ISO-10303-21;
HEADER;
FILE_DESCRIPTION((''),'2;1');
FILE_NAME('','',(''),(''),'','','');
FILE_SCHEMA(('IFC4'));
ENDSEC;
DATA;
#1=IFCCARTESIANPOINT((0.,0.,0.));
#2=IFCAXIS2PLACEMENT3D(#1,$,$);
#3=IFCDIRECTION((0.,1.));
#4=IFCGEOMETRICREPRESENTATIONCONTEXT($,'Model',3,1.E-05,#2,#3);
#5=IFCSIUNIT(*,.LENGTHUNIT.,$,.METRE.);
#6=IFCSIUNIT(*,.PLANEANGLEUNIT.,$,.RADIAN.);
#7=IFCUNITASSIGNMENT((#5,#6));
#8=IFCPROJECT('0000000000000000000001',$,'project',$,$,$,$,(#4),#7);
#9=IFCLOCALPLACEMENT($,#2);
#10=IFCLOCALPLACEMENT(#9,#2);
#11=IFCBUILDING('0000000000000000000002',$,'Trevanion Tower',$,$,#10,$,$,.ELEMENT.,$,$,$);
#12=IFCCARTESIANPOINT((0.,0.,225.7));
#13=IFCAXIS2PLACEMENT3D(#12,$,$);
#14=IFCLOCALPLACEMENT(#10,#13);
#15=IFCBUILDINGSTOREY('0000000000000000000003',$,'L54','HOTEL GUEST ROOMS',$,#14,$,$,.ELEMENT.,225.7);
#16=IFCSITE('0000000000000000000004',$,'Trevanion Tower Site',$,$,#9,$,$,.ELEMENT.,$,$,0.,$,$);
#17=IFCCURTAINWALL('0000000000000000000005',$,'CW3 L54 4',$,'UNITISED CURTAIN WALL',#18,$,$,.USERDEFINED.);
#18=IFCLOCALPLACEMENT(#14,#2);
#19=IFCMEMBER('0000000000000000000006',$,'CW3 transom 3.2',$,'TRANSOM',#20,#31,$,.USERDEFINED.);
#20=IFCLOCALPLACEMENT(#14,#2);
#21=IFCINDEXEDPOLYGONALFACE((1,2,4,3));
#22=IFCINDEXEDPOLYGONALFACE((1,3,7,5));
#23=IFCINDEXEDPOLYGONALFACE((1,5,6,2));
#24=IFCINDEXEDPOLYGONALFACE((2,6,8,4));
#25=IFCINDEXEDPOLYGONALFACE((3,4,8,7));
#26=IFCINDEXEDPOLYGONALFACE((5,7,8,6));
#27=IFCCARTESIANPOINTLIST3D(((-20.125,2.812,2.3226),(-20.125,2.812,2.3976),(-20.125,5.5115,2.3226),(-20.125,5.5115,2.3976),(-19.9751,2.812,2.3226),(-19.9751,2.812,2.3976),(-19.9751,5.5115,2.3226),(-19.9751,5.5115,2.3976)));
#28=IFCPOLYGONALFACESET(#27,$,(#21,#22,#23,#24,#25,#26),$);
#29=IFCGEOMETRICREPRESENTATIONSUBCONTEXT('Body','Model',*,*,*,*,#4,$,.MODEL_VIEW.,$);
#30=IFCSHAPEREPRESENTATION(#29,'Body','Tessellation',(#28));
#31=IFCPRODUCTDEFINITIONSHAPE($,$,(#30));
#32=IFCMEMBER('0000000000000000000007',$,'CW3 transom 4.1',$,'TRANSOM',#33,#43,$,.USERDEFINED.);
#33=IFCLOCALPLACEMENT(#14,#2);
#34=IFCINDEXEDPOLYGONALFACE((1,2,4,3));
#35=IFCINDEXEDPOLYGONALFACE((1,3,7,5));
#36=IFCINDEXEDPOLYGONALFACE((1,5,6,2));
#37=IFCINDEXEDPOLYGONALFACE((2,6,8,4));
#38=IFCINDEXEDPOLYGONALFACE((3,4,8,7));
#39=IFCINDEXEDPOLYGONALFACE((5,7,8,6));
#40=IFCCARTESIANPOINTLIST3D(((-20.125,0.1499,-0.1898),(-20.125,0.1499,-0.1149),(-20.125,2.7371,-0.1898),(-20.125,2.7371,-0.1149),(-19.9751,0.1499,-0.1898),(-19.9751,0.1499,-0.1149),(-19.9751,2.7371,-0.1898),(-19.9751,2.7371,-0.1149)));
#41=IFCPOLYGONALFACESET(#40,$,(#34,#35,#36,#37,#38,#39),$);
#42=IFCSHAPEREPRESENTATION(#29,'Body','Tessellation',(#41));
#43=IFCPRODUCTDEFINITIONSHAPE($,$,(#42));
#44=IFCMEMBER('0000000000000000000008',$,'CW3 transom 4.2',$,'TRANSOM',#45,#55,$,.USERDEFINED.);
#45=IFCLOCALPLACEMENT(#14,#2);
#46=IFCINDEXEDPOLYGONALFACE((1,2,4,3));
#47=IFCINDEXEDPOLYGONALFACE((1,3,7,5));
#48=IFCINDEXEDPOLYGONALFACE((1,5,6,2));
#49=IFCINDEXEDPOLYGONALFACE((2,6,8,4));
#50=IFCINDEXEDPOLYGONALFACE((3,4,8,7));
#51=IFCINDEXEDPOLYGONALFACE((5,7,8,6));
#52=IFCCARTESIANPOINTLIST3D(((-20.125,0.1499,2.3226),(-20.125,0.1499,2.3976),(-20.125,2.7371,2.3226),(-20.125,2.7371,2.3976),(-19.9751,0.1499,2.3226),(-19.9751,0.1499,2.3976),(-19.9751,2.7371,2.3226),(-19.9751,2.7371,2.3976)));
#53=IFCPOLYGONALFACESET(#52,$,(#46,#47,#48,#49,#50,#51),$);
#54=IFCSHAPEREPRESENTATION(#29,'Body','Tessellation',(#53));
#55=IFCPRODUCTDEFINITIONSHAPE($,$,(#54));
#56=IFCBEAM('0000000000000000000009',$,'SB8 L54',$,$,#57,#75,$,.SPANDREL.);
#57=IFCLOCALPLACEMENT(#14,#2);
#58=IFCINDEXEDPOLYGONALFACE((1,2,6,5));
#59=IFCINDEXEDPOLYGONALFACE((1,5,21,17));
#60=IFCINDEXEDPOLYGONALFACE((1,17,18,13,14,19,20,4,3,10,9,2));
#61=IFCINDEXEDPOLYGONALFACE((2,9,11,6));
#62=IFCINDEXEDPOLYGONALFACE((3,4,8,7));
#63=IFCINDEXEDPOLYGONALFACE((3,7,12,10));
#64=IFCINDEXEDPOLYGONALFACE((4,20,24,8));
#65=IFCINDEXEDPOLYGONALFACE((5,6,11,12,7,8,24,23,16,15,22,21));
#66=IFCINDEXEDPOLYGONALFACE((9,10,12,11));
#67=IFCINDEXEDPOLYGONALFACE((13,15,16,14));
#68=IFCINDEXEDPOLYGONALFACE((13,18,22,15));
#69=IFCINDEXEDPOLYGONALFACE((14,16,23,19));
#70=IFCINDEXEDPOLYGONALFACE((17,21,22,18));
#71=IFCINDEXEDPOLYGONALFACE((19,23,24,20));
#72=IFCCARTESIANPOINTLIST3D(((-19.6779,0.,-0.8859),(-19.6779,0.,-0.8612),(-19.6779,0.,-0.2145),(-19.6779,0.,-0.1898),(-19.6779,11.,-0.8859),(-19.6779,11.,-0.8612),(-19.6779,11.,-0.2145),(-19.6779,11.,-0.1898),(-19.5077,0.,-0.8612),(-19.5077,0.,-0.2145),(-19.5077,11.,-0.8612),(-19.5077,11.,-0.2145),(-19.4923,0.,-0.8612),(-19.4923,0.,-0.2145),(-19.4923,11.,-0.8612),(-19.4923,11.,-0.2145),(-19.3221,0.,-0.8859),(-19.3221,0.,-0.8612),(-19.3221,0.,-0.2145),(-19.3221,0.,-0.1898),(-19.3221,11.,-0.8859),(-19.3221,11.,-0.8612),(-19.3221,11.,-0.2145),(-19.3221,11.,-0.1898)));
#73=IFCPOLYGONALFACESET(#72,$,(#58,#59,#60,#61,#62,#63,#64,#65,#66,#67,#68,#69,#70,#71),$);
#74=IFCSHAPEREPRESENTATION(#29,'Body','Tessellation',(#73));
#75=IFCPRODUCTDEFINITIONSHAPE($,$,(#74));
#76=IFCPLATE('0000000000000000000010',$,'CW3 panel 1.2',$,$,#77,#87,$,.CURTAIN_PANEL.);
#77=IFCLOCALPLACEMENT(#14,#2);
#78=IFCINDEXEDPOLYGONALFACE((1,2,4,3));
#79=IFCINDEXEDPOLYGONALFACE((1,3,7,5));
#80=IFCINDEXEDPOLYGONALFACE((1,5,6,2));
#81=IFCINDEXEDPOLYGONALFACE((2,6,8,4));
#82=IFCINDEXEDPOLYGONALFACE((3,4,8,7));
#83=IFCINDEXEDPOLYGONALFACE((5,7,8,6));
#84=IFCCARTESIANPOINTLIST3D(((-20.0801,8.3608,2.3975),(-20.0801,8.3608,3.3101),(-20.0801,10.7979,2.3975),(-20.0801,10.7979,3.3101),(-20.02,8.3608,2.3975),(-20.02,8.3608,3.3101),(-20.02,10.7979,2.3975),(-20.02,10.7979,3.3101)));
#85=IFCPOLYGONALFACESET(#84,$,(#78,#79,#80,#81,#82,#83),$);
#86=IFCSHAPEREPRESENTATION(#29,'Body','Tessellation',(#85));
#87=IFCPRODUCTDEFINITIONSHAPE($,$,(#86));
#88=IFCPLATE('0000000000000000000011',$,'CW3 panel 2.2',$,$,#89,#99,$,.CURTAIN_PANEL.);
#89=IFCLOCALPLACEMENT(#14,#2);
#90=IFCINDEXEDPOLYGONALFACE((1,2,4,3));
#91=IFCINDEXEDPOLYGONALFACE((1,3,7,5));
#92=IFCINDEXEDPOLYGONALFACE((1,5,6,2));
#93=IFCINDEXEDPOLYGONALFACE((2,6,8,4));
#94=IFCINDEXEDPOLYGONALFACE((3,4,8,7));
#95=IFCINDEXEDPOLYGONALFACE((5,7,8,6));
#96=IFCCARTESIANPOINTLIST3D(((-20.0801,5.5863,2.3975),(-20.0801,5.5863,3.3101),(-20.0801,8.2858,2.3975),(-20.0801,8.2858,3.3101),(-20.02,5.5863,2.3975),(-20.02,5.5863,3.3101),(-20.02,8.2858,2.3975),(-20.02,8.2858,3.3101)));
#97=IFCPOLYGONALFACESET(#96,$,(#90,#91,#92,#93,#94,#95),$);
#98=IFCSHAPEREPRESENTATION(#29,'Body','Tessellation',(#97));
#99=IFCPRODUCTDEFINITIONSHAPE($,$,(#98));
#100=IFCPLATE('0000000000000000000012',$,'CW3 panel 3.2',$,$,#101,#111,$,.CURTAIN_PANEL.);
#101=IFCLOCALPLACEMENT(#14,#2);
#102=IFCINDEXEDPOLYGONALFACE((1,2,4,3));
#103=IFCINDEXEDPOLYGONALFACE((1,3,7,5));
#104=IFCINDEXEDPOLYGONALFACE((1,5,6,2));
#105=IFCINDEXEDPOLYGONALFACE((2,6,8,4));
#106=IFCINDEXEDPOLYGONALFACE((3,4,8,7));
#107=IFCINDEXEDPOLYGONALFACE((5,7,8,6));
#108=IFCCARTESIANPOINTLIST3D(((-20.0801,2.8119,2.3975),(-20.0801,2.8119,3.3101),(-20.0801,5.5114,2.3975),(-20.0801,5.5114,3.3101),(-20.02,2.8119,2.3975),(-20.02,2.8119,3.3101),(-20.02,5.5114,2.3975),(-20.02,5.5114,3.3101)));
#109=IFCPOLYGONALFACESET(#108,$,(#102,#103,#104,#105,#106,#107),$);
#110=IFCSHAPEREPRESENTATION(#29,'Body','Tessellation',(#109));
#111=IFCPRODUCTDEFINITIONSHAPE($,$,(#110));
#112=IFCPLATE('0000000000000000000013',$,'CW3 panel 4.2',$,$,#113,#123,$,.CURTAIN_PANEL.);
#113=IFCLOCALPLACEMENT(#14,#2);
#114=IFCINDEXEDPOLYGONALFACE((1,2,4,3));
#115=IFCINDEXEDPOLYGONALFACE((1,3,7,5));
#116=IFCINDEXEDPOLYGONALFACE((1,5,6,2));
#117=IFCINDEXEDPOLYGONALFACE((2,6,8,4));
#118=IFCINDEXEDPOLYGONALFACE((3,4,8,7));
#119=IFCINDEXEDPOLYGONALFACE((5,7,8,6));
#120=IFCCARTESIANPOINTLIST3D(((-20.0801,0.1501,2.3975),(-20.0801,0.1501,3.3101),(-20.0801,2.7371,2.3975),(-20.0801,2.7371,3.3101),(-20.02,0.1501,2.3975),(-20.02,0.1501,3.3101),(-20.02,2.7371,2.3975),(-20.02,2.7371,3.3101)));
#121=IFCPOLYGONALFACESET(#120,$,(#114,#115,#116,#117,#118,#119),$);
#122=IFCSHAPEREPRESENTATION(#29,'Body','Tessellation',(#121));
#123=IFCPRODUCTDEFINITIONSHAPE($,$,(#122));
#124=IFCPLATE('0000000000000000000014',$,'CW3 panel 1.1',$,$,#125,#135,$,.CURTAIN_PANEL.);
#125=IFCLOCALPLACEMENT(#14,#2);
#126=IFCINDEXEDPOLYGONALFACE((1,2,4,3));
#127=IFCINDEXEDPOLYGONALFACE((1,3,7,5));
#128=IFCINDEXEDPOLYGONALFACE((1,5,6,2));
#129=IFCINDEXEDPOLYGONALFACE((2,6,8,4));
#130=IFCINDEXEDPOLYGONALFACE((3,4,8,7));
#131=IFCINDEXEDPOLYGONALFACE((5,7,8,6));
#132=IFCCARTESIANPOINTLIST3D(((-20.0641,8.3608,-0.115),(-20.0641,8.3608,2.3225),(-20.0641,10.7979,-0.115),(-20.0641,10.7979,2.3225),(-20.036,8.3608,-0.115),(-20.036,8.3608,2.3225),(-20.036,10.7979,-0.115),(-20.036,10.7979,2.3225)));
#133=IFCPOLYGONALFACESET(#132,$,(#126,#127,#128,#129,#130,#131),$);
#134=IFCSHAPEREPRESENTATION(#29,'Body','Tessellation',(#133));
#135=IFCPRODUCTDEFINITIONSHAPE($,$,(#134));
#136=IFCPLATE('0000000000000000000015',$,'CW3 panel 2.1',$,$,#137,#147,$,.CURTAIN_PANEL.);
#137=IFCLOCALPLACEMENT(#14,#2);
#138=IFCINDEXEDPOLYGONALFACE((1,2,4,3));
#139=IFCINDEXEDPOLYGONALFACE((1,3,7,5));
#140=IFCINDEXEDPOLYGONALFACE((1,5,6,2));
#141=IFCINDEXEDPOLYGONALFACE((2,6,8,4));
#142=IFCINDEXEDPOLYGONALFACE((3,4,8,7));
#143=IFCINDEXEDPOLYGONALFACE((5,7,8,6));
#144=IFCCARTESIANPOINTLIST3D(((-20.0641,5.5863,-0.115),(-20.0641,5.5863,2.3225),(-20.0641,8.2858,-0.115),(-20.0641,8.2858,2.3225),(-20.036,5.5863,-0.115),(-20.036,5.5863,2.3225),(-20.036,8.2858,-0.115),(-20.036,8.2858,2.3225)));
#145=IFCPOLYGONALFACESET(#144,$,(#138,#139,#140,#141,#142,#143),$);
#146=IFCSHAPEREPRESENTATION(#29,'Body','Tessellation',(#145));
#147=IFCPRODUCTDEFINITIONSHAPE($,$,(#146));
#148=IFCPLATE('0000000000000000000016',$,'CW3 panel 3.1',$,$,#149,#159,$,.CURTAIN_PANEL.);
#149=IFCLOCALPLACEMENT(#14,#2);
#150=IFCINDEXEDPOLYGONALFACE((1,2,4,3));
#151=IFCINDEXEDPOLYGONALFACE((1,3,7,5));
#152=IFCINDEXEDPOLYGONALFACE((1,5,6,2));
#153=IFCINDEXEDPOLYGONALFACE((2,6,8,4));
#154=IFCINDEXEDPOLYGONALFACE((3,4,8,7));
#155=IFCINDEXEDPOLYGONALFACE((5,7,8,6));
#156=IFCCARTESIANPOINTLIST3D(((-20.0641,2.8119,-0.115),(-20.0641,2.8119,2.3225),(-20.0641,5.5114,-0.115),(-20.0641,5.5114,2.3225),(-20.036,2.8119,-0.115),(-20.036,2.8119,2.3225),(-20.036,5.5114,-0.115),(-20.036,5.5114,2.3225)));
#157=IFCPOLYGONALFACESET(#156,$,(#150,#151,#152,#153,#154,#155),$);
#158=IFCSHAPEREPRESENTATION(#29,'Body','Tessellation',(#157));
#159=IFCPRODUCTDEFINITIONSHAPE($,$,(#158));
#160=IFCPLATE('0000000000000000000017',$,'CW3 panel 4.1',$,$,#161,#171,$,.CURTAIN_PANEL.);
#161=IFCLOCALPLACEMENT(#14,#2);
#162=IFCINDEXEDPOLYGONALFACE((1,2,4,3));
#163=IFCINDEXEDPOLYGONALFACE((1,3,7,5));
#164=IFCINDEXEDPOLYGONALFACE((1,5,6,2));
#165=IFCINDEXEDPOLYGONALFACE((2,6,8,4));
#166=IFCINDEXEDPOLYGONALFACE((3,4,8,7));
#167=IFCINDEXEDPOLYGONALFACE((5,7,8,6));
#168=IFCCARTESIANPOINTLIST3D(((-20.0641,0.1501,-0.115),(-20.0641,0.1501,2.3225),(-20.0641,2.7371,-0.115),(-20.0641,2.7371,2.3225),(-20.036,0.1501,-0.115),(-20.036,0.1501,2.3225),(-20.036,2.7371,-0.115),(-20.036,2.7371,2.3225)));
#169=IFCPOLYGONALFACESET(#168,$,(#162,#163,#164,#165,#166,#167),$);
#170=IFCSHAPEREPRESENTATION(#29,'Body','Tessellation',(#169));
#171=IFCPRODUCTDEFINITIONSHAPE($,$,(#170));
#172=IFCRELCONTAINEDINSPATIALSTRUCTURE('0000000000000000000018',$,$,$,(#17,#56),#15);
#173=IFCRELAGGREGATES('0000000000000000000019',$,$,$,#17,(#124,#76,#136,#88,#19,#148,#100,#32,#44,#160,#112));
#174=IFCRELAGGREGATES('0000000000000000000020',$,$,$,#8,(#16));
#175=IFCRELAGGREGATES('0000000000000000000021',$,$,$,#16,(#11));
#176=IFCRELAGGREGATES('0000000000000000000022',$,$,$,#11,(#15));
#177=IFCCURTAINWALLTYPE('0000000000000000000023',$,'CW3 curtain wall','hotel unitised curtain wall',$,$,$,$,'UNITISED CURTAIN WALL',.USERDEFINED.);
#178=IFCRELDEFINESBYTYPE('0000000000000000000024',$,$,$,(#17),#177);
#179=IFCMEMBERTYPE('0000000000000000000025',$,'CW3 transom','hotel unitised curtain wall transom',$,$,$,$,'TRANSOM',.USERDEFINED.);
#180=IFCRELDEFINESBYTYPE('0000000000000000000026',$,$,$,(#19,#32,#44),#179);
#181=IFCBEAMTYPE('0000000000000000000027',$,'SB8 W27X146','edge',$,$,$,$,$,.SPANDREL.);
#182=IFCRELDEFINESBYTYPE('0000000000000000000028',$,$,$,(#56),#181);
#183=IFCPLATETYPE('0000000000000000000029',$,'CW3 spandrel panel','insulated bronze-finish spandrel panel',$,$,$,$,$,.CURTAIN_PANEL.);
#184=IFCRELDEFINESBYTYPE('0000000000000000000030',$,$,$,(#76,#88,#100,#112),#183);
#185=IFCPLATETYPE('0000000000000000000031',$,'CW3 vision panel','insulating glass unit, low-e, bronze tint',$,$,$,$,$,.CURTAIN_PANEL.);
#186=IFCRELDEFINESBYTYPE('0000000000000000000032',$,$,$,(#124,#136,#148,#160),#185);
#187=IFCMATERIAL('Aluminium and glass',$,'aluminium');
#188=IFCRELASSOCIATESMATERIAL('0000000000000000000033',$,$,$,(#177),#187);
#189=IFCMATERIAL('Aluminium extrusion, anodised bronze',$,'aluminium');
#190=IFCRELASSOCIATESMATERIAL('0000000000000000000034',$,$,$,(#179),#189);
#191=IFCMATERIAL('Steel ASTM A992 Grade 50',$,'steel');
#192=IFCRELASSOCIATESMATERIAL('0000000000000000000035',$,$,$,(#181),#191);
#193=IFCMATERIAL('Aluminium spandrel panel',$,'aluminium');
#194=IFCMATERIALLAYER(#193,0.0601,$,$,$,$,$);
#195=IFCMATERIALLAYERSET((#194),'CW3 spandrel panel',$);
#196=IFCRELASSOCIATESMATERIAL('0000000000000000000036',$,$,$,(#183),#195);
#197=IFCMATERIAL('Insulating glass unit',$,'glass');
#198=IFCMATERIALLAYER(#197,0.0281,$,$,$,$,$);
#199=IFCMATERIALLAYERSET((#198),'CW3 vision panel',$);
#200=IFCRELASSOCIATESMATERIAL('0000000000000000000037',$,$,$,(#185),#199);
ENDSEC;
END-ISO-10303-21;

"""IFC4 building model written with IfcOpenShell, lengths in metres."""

from ifc_helpers import new_model, si_unit, direction, frame, origin, origin_2d, place, context, subcontext, project, spatial, rectangle, i_section, extrude, material, layer, layer_set, material_profile, profile_set, type_object, element, aggregate, save


model = new_model("IFC4")

# Units and contexts
model_context = context("Model", 3, precision=1e-05, world=origin(), true_north=direction((0.0, 1.0)))
body_context = subcontext(model_context, "Body", "Model", "MODEL_VIEW")
ifc_project = project(units=[si_unit("LENGTHUNIT", "METRE"), si_unit("PLANEANGLEUNIT", "RADIAN")], contexts=[model_context])

# Site, building, storey
site_placement = place(None, origin())
site = spatial("IfcSite", under=ifc_project, at=site_placement, Name="Trevanion Tower Site", CompositionType="ELEMENT", RefElevation=0.0)
building_placement = place(site_placement, origin())
building = spatial("IfcBuilding", under=site, at=building_placement, Name="Trevanion Tower", CompositionType="ELEMENT")
storey_placement = place(building_placement, frame((0.0, 0.0, 225.7)))
storey = spatial("IfcBuildingStorey", under=building, at=storey_placement, Name="L54", Description="HOTEL GUEST ROOMS", CompositionType="ELEMENT", Elevation=225.7)

# Curtain wall, members
ifc_material_1 = material(Name="Aluminium and glass", Category="aluminium")
curtain_wall_type = type_object("IfcCurtainWallType", Name="CW3 curtain wall", Description="hotel unitised curtain wall", ElementType="UNITISED CURTAIN WALL", PredefinedType="USERDEFINED", material=ifc_material_1)
curtain_wall_placement = place(storey_placement, origin())
curtain_wall = element("IfcCurtainWall", 1, at=curtain_wall_placement, inside=storey, type_object=curtain_wall_type, Name="CW3 L54 4", ObjectType="UNITISED CURTAIN WALL", PredefinedType="USERDEFINED")
ifc_material_2 = material(Name="Aluminium extrusion, anodised bronze", Category="aluminium")
ifc_material_profile_1 = material_profile(ifc_material_2, rectangle(XDim=0.1499, YDim=0.075, at=origin_2d()), Name="CW3 transom")
ifc_profile_set_1 = profile_set([ifc_material_profile_1], Name="Aluminium extrusion, anodised bronze")
member_type_1 = type_object("IfcMemberType", Name="CW3 transom", Description="hotel unitised curtain wall transom", ElementType="TRANSOM", PredefinedType="USERDEFINED", material=ifc_profile_set_1)
member_1_placement = place(storey_placement, frame((-20.05, 5.5115, 2.3601), z_axis=(0.0, -1.0, 0.0), x_axis=(1.0, 0.0, 0.0)))
member_1 = element("IfcMember", 2, at=member_1_placement, type_object=member_type_1, Name="CW3 transom 3.2", ObjectType="TRANSOM", PredefinedType="USERDEFINED", context=body_context, shape_type="SweptSolid", body=[
    extrude(rectangle(XDim=0.1499, YDim=0.075, at=origin_2d()), origin(), (0.0, 0.0, 1.0), 2.6995),
])
member_2_placement = place(storey_placement, frame((-20.05, 2.7371, -0.1523), z_axis=(0.0, -1.0, 0.0), x_axis=(1.0, 0.0, 0.0)))
member_2 = element("IfcMember", 3, at=member_2_placement, type_object=member_type_1, Name="CW3 transom 4.1", ObjectType="TRANSOM", PredefinedType="USERDEFINED", context=body_context, shape_type="SweptSolid", body=[
    extrude(rectangle(XDim=0.1499, YDim=0.075, at=origin_2d()), origin(), (0.0, 0.0, 1.0), 2.5872),
])
member_3_placement = place(storey_placement, frame((-20.05, 2.7371, 2.3601), z_axis=(0.0, -1.0, 0.0), x_axis=(1.0, 0.0, 0.0)))
member_3 = element("IfcMember", 4, at=member_3_placement, type_object=member_type_1, Name="CW3 transom 4.2", ObjectType="TRANSOM", PredefinedType="USERDEFINED", context=body_context, shape_type="SweptSolid", body=[
    extrude(rectangle(XDim=0.1499, YDim=0.075, at=origin_2d()), origin(), (0.0, 0.0, 1.0), 2.5872),
])

# Beam
ifc_material_3 = material(Name="Steel ASTM A992 Grade 50", Category="steel")
ifc_material_profile_2 = material_profile(ifc_material_3, i_section(OverallWidth=0.3557, OverallDepth=0.696, WebThickness=0.0154, FlangeThickness=0.0247, at=origin_2d()), Name="W27X146")
ifc_profile_set_2 = profile_set([ifc_material_profile_2], Name="Steel ASTM A992 Grade 50")
beam_type_1 = type_object("IfcBeamType", Name="SB8 W27X146", Description="edge", PredefinedType="SPANDREL", material=ifc_profile_set_2)
beam_placement = place(storey_placement, frame((-19.5, 11.0, -0.5378), z_axis=(0.0, -1.0, 0.0), x_axis=(1.0, 0.0, 0.0)))
element("IfcBeam", 5, at=beam_placement, inside=storey, type_object=beam_type_1, Name="SB8 L54", PredefinedType="SPANDREL", context=body_context, shape_type="SweptSolid", body=[
    extrude(i_section(OverallWidth=0.3557, OverallDepth=0.696, WebThickness=0.0154, FlangeThickness=0.0247, at=origin_2d()), origin(), (0.0, 0.0, 1.0), 11.0),
])

# Plates
ifc_material_4 = material(Name="Aluminium spandrel panel", Category="aluminium")
ifc_layer_1 = layer(ifc_material_4, 0.0601)
ifc_layer_set_1 = layer_set([ifc_layer_1], Name="CW3 spandrel panel")
plate_type_1 = type_object("IfcPlateType", Name="CW3 spandrel panel", Description="insulated bronze-finish spandrel panel", PredefinedType="CURTAIN_PANEL", material=ifc_layer_set_1)
plate_1_placement = place(storey_placement, frame((-20.05, 9.5793, 2.3975), z_axis=(0.0, 0.0, 1.0), x_axis=(0.0, -1.0, 0.0)))
plate_1 = element("IfcPlate", 6, at=plate_1_placement, type_object=plate_type_1, Name="CW3 panel 1.2", PredefinedType="CURTAIN_PANEL", context=body_context, shape_type="SweptSolid", body=[
    extrude(rectangle(XDim=2.437, YDim=0.0601, at=origin_2d()), origin(), (0.0, 0.0, 1.0), 0.9126),
])
plate_2_placement = place(storey_placement, frame((-20.05, 6.936, 2.3975), z_axis=(0.0, 0.0, 1.0), x_axis=(0.0, -1.0, 0.0)))
plate_2 = element("IfcPlate", 7, at=plate_2_placement, type_object=plate_type_1, Name="CW3 panel 2.2", PredefinedType="CURTAIN_PANEL", context=body_context, shape_type="SweptSolid", body=[
    extrude(rectangle(XDim=2.6995, YDim=0.0601, at=origin_2d()), origin(), (0.0, 0.0, 1.0), 0.9126),
])
plate_3_placement = place(storey_placement, frame((-20.05, 4.1616, 2.3975), z_axis=(0.0, 0.0, 1.0), x_axis=(0.0, -1.0, 0.0)))
plate_3 = element("IfcPlate", 8, at=plate_3_placement, type_object=plate_type_1, Name="CW3 panel 3.2", PredefinedType="CURTAIN_PANEL", context=body_context, shape_type="SweptSolid", body=[
    extrude(rectangle(XDim=2.6995, YDim=0.0601, at=origin_2d()), origin(), (0.0, 0.0, 1.0), 0.9126),
])
plate_4_placement = place(storey_placement, frame((-20.05, 1.4436, 2.3975), z_axis=(0.0, 0.0, 1.0), x_axis=(0.0, -1.0, 0.0)))
plate_4 = element("IfcPlate", 9, at=plate_4_placement, type_object=plate_type_1, Name="CW3 panel 4.2", PredefinedType="CURTAIN_PANEL", context=body_context, shape_type="SweptSolid", body=[
    extrude(rectangle(XDim=2.5869, YDim=0.0601, at=origin_2d()), origin(), (0.0, 0.0, 1.0), 0.9126),
])
ifc_material_5 = material(Name="Insulating glass unit", Category="glass")
ifc_layer_2 = layer(ifc_material_5, 0.0281)
ifc_layer_set_2 = layer_set([ifc_layer_2], Name="CW3 vision panel")
plate_type_2 = type_object("IfcPlateType", Name="CW3 vision panel", Description="insulating glass unit, low-e, bronze tint", PredefinedType="CURTAIN_PANEL", material=ifc_layer_set_2)
plate_5_placement = place(storey_placement, frame((-20.05, 9.5793, -0.115), z_axis=(0.0, 0.0, 1.0), x_axis=(0.0, -1.0, 0.0)))
plate_5 = element("IfcPlate", 10, at=plate_5_placement, type_object=plate_type_2, Name="CW3 panel 1.1", PredefinedType="CURTAIN_PANEL", context=body_context, shape_type="SweptSolid", body=[
    extrude(rectangle(XDim=2.437, YDim=0.0281, at=origin_2d()), origin(), (0.0, 0.0, 1.0), 2.4375),
])
plate_6_placement = place(storey_placement, frame((-20.05, 6.936, -0.115), z_axis=(0.0, 0.0, 1.0), x_axis=(0.0, -1.0, 0.0)))
plate_6 = element("IfcPlate", 11, at=plate_6_placement, type_object=plate_type_2, Name="CW3 panel 2.1", PredefinedType="CURTAIN_PANEL", context=body_context, shape_type="SweptSolid", body=[
    extrude(rectangle(XDim=2.6995, YDim=0.0281, at=origin_2d()), origin(), (0.0, 0.0, 1.0), 2.4375),
])
plate_7_placement = place(storey_placement, frame((-20.05, 4.1616, -0.115), z_axis=(0.0, 0.0, 1.0), x_axis=(0.0, -1.0, 0.0)))
plate_7 = element("IfcPlate", 12, at=plate_7_placement, type_object=plate_type_2, Name="CW3 panel 3.1", PredefinedType="CURTAIN_PANEL", context=body_context, shape_type="SweptSolid", body=[
    extrude(rectangle(XDim=2.6995, YDim=0.0281, at=origin_2d()), origin(), (0.0, 0.0, 1.0), 2.4375),
])
plate_8_placement = place(storey_placement, frame((-20.05, 1.4436, -0.115), z_axis=(0.0, 0.0, 1.0), x_axis=(0.0, -1.0, 0.0)))
plate_8 = element("IfcPlate", 13, at=plate_8_placement, type_object=plate_type_2, Name="CW3 panel 4.1", PredefinedType="CURTAIN_PANEL", context=body_context, shape_type="SweptSolid", body=[
    extrude(rectangle(XDim=2.5869, YDim=0.0281, at=origin_2d()), origin(), (0.0, 0.0, 1.0), 2.4375),
])
aggregate(curtain_wall, [plate_5, plate_1, plate_6, plate_2, member_1, plate_7, plate_3, member_2, member_3, plate_8, plate_4])

save(model, "model.ifc")
